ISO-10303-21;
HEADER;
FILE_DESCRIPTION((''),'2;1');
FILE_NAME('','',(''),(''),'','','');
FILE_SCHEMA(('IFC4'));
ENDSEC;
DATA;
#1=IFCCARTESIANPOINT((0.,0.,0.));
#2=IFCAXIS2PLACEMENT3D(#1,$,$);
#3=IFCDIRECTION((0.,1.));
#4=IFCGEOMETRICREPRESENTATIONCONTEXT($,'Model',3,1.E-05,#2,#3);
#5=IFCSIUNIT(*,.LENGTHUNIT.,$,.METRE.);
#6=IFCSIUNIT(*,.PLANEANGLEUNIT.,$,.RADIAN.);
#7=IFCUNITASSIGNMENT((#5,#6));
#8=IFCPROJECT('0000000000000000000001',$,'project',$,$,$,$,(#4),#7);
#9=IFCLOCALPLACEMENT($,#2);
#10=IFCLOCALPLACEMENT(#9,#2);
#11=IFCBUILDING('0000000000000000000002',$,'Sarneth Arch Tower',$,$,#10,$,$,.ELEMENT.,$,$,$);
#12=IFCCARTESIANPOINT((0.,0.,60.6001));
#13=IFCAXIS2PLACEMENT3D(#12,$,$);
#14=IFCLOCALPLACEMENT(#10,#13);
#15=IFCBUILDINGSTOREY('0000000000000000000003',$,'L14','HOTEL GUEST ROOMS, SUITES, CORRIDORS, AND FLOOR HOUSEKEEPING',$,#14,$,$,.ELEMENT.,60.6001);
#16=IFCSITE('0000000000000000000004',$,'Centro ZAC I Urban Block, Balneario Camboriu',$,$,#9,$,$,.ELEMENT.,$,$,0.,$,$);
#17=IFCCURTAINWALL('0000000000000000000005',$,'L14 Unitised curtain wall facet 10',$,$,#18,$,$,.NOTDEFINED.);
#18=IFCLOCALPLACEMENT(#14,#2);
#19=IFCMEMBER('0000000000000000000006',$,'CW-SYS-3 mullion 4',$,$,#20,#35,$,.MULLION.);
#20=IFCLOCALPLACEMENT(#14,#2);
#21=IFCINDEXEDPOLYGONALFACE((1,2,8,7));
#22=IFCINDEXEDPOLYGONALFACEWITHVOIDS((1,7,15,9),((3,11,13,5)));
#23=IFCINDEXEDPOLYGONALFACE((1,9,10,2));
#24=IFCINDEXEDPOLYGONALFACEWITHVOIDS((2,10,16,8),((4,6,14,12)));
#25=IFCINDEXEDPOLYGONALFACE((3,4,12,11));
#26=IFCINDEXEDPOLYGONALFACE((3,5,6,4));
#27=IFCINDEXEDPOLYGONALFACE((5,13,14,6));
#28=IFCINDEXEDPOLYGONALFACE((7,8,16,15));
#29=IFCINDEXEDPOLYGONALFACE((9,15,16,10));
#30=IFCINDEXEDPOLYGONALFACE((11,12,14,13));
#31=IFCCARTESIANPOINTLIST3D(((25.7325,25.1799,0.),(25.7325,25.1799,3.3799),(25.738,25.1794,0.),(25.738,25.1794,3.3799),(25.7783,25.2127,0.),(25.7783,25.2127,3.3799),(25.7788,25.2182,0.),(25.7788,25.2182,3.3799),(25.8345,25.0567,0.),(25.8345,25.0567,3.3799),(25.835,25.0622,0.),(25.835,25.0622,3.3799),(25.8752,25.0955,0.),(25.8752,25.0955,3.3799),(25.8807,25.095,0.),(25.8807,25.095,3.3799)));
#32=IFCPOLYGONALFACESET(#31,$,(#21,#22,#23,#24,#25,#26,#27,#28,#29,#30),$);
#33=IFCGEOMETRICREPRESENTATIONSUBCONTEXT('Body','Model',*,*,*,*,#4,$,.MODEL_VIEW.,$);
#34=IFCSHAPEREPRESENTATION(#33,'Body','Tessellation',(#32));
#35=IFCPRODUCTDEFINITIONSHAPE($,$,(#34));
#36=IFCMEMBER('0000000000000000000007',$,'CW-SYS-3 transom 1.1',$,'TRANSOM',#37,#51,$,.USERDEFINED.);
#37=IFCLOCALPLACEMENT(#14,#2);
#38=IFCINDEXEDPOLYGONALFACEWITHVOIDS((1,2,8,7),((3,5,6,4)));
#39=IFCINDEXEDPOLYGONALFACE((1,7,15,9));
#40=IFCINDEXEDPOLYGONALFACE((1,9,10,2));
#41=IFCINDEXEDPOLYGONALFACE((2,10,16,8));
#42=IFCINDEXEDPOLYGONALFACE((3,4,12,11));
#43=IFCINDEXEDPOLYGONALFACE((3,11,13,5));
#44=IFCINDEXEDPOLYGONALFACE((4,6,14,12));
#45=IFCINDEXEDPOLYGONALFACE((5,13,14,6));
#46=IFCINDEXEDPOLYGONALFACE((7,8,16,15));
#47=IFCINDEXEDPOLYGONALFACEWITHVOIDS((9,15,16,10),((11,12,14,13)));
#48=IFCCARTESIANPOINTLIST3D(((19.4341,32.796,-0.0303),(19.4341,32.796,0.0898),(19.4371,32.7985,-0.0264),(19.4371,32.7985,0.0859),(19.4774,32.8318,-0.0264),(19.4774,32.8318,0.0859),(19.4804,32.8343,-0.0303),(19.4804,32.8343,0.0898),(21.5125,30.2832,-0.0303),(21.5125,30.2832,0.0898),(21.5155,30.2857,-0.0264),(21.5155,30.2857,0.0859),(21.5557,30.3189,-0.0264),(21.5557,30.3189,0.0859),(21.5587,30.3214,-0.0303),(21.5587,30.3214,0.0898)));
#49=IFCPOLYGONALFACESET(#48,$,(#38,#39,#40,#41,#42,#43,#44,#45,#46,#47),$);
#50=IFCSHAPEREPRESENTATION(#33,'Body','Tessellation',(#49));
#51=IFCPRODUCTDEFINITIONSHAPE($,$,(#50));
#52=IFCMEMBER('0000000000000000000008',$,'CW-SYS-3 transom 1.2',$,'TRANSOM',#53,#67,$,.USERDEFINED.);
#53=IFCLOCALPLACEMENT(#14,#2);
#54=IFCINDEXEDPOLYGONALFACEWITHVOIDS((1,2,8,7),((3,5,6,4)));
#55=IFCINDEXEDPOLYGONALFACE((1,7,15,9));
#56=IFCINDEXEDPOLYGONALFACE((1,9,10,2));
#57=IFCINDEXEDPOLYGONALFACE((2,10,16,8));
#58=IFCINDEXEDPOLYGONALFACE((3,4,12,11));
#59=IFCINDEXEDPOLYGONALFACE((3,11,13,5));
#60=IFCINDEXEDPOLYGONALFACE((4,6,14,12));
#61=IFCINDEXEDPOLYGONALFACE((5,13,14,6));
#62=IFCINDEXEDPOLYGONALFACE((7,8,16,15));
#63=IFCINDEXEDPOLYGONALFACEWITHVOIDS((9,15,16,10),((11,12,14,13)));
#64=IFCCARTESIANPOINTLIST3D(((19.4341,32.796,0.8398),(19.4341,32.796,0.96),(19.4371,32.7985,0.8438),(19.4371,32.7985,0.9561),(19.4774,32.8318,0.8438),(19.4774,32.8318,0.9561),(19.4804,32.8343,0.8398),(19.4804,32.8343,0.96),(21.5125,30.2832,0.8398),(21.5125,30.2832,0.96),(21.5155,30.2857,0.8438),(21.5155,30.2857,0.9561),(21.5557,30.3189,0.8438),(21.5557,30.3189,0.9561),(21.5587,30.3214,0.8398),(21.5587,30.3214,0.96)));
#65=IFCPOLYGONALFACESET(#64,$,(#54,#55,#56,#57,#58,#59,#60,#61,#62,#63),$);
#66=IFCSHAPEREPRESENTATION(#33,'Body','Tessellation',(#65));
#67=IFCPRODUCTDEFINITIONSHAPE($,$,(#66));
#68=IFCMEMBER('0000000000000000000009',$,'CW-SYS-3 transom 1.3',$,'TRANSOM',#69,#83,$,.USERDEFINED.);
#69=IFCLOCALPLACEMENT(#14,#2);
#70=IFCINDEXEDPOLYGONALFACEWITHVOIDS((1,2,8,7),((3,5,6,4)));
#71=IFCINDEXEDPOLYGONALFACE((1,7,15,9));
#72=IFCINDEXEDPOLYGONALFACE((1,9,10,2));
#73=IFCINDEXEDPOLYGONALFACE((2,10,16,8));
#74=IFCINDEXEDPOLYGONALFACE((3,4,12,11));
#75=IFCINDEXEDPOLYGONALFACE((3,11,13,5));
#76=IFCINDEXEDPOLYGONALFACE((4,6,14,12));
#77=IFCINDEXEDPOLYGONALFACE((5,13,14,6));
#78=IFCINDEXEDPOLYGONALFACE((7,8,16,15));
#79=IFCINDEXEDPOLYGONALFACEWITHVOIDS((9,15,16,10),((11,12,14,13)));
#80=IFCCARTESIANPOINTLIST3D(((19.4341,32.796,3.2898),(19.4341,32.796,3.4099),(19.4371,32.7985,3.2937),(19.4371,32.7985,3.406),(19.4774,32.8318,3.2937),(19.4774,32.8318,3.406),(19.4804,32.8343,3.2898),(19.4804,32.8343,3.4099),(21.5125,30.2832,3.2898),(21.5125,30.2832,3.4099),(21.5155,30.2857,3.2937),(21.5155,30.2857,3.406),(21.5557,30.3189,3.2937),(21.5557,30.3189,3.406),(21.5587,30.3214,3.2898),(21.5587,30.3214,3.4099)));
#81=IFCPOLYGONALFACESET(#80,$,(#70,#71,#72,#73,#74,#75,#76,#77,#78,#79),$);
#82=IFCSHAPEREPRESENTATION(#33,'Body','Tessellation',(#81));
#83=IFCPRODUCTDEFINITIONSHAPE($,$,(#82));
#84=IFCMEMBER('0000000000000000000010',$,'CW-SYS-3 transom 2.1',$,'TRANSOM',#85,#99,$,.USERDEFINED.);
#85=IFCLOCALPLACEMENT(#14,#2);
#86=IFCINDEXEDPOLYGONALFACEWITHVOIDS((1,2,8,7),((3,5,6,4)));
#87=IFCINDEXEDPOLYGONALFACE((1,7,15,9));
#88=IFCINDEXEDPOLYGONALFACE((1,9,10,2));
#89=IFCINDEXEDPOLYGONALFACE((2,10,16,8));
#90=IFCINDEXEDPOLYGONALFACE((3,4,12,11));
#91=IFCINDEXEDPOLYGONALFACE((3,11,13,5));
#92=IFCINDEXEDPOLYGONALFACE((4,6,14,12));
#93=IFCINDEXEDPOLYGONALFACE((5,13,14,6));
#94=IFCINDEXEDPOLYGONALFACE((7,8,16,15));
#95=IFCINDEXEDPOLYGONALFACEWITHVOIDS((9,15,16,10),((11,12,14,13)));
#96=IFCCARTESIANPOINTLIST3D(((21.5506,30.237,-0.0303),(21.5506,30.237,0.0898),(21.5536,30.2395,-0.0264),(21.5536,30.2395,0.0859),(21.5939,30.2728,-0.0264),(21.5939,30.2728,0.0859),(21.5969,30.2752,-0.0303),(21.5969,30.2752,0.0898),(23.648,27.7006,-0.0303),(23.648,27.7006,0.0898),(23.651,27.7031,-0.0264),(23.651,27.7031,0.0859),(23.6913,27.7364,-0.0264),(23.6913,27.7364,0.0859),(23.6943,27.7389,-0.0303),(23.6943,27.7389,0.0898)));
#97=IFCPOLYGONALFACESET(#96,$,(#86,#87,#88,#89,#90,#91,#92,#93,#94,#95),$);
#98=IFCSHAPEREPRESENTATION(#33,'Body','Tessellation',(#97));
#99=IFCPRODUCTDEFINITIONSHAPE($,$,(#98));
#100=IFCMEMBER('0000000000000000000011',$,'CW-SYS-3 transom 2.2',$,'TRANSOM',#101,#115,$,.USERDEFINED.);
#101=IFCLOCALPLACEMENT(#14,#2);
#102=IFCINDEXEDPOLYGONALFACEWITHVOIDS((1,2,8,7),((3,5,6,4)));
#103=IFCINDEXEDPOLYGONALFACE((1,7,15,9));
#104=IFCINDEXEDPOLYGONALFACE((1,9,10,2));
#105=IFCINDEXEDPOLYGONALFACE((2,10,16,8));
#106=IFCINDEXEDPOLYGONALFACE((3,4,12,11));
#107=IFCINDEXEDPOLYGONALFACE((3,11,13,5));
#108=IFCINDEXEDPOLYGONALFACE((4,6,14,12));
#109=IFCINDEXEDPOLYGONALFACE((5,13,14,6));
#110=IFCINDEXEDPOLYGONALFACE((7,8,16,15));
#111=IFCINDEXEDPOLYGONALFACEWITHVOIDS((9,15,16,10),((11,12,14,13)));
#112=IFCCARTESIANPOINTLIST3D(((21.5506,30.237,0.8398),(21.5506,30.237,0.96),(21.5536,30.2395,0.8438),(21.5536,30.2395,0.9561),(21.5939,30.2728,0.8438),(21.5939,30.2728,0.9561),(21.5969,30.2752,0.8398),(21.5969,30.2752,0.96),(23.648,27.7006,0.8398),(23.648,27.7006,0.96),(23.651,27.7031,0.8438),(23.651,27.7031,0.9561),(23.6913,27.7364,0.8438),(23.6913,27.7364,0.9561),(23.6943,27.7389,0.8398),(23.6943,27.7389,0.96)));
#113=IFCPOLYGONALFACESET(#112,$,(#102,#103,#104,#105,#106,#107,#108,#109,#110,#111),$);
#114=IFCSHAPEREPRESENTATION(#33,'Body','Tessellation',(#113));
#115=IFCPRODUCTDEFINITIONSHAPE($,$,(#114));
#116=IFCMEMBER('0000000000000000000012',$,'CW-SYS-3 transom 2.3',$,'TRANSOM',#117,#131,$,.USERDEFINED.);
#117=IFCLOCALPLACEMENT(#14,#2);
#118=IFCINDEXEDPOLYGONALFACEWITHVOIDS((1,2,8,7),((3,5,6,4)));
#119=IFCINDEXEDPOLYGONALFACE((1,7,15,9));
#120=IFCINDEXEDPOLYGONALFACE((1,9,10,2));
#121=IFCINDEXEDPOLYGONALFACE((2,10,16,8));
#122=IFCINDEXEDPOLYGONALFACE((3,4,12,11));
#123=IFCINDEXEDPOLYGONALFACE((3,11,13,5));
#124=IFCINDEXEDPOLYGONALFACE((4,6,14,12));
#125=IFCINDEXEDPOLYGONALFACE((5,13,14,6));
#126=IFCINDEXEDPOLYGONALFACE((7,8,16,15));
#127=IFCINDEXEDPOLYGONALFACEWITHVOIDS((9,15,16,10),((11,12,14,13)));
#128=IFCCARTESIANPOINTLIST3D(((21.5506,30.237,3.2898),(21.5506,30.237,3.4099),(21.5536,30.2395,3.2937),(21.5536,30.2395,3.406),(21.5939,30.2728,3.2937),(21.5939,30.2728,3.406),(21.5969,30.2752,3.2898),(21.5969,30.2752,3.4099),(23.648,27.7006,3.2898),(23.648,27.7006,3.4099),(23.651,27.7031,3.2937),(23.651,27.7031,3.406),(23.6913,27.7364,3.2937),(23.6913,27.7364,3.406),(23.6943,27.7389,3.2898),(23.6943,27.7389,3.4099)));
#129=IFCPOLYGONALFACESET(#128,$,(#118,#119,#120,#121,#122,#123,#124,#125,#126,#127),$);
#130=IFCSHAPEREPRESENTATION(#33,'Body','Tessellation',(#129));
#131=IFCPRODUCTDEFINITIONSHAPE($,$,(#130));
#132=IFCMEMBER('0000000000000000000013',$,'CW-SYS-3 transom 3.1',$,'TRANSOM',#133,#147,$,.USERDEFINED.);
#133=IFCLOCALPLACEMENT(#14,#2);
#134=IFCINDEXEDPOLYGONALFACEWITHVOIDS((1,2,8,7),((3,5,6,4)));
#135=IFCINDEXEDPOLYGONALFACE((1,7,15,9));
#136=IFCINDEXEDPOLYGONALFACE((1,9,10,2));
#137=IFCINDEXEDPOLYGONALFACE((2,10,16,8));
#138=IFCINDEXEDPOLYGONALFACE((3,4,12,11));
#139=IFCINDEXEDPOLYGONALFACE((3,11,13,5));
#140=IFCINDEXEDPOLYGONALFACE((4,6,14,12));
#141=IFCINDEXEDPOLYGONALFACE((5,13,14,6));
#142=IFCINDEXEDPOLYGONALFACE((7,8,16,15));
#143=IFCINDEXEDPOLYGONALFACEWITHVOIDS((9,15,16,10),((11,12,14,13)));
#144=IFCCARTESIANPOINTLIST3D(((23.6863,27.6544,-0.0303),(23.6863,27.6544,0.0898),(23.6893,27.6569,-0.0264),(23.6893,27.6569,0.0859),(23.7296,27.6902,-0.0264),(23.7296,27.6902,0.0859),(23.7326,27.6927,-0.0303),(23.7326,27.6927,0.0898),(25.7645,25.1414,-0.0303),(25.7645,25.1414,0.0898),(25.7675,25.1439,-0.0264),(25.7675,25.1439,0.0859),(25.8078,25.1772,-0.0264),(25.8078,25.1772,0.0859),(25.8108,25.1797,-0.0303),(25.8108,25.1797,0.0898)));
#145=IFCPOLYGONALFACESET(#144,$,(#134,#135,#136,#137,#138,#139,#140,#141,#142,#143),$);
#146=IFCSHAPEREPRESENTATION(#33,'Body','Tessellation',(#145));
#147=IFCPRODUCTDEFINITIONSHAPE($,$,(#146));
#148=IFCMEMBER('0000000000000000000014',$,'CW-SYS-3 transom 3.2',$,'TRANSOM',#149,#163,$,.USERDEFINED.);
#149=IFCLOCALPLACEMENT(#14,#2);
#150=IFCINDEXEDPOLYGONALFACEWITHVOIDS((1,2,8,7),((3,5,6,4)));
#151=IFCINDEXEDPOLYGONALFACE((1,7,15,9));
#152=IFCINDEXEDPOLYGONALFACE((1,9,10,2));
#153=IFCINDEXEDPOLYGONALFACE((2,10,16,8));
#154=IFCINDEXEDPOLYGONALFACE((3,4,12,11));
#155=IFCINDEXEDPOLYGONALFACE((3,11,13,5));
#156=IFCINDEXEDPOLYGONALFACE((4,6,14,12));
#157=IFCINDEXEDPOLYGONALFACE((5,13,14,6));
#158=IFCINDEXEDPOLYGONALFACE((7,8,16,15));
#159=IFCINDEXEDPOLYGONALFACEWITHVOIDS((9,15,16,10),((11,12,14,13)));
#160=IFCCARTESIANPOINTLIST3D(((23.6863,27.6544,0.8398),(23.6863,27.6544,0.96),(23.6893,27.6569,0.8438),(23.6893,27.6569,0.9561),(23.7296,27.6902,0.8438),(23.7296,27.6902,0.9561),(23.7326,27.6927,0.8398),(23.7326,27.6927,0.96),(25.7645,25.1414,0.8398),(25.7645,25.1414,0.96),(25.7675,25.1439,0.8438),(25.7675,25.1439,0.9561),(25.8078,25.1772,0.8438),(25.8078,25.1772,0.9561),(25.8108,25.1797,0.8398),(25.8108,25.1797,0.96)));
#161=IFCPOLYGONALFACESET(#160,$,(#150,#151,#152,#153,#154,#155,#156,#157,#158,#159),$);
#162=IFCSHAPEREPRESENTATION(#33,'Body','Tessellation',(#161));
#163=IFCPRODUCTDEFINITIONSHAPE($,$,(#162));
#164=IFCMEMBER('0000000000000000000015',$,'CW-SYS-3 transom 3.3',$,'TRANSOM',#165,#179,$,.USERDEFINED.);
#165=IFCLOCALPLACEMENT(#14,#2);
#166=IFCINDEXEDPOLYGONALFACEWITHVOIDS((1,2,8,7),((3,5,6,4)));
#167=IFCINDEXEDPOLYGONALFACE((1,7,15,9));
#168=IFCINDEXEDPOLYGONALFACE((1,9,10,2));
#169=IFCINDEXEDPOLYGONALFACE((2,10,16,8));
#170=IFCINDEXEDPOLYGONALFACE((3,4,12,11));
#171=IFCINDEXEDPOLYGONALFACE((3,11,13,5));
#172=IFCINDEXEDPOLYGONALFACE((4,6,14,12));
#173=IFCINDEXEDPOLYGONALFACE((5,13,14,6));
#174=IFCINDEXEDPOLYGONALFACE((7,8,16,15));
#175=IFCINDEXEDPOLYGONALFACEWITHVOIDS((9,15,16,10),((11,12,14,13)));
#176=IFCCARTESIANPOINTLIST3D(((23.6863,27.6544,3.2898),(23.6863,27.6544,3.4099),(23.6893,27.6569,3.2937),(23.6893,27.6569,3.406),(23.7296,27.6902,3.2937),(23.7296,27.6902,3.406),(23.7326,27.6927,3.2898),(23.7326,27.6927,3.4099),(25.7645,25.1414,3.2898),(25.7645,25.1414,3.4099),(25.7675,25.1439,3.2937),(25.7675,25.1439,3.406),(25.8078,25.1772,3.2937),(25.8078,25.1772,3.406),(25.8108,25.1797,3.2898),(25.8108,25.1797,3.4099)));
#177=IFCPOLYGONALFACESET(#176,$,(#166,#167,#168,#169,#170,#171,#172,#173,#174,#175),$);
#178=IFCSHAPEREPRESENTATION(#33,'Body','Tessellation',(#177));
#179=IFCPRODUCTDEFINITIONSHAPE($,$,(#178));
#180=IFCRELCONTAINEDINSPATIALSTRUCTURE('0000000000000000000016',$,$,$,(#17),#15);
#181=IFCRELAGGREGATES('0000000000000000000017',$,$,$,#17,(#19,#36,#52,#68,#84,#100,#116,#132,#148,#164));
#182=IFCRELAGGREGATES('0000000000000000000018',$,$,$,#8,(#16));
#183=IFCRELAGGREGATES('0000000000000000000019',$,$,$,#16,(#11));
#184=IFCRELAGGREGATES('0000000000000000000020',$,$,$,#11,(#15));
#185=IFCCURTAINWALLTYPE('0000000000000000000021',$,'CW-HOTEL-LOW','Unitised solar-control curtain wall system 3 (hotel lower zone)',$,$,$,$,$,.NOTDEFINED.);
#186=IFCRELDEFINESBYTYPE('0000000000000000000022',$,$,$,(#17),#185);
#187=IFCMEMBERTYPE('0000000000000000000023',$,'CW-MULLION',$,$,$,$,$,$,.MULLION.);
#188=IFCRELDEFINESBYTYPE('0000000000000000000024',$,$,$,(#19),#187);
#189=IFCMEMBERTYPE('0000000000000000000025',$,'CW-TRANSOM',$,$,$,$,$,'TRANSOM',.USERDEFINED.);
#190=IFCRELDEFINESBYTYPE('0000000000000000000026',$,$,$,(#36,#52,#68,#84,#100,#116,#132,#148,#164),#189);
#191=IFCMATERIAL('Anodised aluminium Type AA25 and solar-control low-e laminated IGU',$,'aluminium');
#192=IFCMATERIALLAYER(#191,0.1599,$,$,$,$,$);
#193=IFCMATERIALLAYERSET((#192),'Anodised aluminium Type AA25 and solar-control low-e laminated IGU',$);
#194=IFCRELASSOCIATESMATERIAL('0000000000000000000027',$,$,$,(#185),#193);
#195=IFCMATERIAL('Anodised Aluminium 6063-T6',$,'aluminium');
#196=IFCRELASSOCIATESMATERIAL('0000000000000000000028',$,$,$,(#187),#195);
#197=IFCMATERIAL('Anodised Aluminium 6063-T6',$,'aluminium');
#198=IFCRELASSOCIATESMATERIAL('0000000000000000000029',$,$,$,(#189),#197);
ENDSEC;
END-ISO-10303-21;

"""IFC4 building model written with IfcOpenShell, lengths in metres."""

from ifc_helpers import new_model, si_unit, direction, frame, origin, origin_2d, place, context, subcontext, project, spatial, hollow_rectangle, extrude, material, layer, layer_set, material_profile, profile_set, type_object, element, aggregate, save


model = new_model("IFC4")

# Units and contexts
model_context = context("Model", 3, precision=1e-05, world=origin(), true_north=direction((0.0, 1.0)))
body_context = subcontext(model_context, "Body", "Model", "MODEL_VIEW")
ifc_project = project(units=[si_unit("LENGTHUNIT", "METRE"), si_unit("PLANEANGLEUNIT", "RADIAN")], contexts=[model_context])

# Site, building, storey
site_placement = place(None, origin())
site = spatial("IfcSite", under=ifc_project, at=site_placement, Name="Centro ZAC I Urban Block, Balneario Camboriu", CompositionType="ELEMENT", RefElevation=0.0)
building_placement = place(site_placement, origin())
building = spatial("IfcBuilding", under=site, at=building_placement, Name="Sarneth Arch Tower", CompositionType="ELEMENT")
storey_placement = place(building_placement, frame((0.0, 0.0, 60.6001)))
storey = spatial("IfcBuildingStorey", under=building, at=storey_placement, Name="L14", Description="HOTEL GUEST ROOMS, SUITES, CORRIDORS, AND FLOOR HOUSEKEEPING", CompositionType="ELEMENT", Elevation=60.6001)

# Curtain wall, members
ifc_material_1 = material(Name="Anodised aluminium Type AA25 and solar-control low-e laminated IGU", Category="aluminium")
ifc_layer_1 = layer(ifc_material_1, 0.1599)
ifc_layer_set_1 = layer_set([ifc_layer_1], Name="Anodised aluminium Type AA25 and solar-control low-e laminated IGU")
curtain_wall_type = type_object("IfcCurtainWallType", Name="CW-HOTEL-LOW", Description="Unitised solar-control curtain wall system 3 (hotel lower zone)", PredefinedType="NOTDEFINED", material=ifc_layer_set_1)
curtain_wall_placement = place(storey_placement, origin())
curtain_wall = element("IfcCurtainWall", 1, at=curtain_wall_placement, inside=storey, type_object=curtain_wall_type, Name="L14 Unitised curtain wall facet 10", PredefinedType="NOTDEFINED")
ifc_material_2 = material(Name="Anodised Aluminium 6063-T6", Category="aluminium")
ifc_material_profile_1 = material_profile(ifc_material_2, hollow_rectangle(XDim=0.0601, YDim=0.1599, WallThickness=0.0039, at=origin_2d()), Name="AL-MULL-160x60x4")
ifc_profile_set_1 = profile_set([ifc_material_profile_1], Name="Anodised Aluminium 6063-T6")
member_type_1 = type_object("IfcMemberType", Name="CW-MULLION", PredefinedType="MULLION", material=ifc_profile_set_1)
member_1_placement = place(storey_placement, frame((25.8066, 25.1375, 0.0), z_axis=(0.0, 0.0, 1.0), x_axis=(0.770623, 0.637291, 0.0)))
member_1 = element("IfcMember", 2, at=member_1_placement, type_object=member_type_1, Name="CW-SYS-3 mullion 4", PredefinedType="MULLION", context=body_context, shape_type="SweptSolid", body=[
    extrude(hollow_rectangle(XDim=0.0601, YDim=0.1599, WallThickness=0.0039, at=origin_2d()), origin(), (0.0, 0.0, 1.0), 3.3799),
])
ifc_material_3 = material(Name="Anodised Aluminium 6063-T6", Category="aluminium")
ifc_material_profile_2 = material_profile(ifc_material_3, hollow_rectangle(XDim=0.0601, YDim=0.1201, WallThickness=0.0039, at=origin_2d()), Name="AL-TRAN-120x60x4")
ifc_profile_set_2 = profile_set([ifc_material_profile_2], Name="Anodised Aluminium 6063-T6")
member_type_2 = type_object("IfcMemberType", Name="CW-TRANSOM", ElementType="TRANSOM", PredefinedType="USERDEFINED", material=ifc_profile_set_2)
member_2_placement = place(storey_placement, frame((19.4573, 32.8152, 0.0298), z_axis=(0.63733, -0.770591, 0.0), x_axis=(0.770591, 0.63733, 0.0)))
member_2 = element("IfcMember", 3, at=member_2_placement, type_object=member_type_2, Name="CW-SYS-3 transom 1.1", ObjectType="TRANSOM", PredefinedType="USERDEFINED", context=body_context, shape_type="SweptSolid", body=[
    extrude(hollow_rectangle(XDim=0.0601, YDim=0.1201, WallThickness=0.0039, at=origin_2d()), origin(), (0.0, 0.0, 1.0), 3.261),
])
member_3_placement = place(storey_placement, frame((19.4573, 32.8152, 0.8999), z_axis=(0.63733, -0.770591, 0.0), x_axis=(0.770591, 0.63733, 0.0)))
member_3 = element("IfcMember", 4, at=member_3_placement, type_object=member_type_2, Name="CW-SYS-3 transom 1.2", ObjectType="TRANSOM", PredefinedType="USERDEFINED", context=body_context, shape_type="SweptSolid", body=[
    extrude(hollow_rectangle(XDim=0.0601, YDim=0.1201, WallThickness=0.0039, at=origin_2d()), origin(), (0.0, 0.0, 1.0), 3.261),
])
member_4_placement = place(storey_placement, frame((19.4573, 32.8152, 3.3499), z_axis=(0.63733, -0.770591, 0.0), x_axis=(0.770591, 0.63733, 0.0)))
member_4 = element("IfcMember", 5, at=member_4_placement, type_object=member_type_2, Name="CW-SYS-3 transom 1.3", ObjectType="TRANSOM", PredefinedType="USERDEFINED", context=body_context, shape_type="SweptSolid", body=[
    extrude(hollow_rectangle(XDim=0.0601, YDim=0.1201, WallThickness=0.0039, at=origin_2d()), origin(), (0.0, 0.0, 1.0), 3.261),
])
member_5_placement = place(storey_placement, frame((21.5737, 30.2561, 0.0298), z_axis=(0.637269, -0.770642, 0.0), x_axis=(0.770642, 0.637269, 0.0)))
member_5 = element("IfcMember", 6, at=member_5_placement, type_object=member_type_2, Name="CW-SYS-3 transom 2.1", ObjectType="TRANSOM", PredefinedType="USERDEFINED", context=body_context, shape_type="SweptSolid", body=[
    extrude(hollow_rectangle(XDim=0.0601, YDim=0.1201, WallThickness=0.0039, at=origin_2d()), origin(), (0.0, 0.0, 1.0), 3.2913),
])
member_6_placement = place(storey_placement, frame((21.5737, 30.2561, 0.8999), z_axis=(0.637269, -0.770642, 0.0), x_axis=(0.770642, 0.637269, 0.0)))
member_6 = element("IfcMember", 7, at=member_6_placement, type_object=member_type_2, Name="CW-SYS-3 transom 2.2", ObjectType="TRANSOM", PredefinedType="USERDEFINED", context=body_context, shape_type="SweptSolid", body=[
    extrude(hollow_rectangle(XDim=0.0601, YDim=0.1201, WallThickness=0.0039, at=origin_2d()), origin(), (0.0, 0.0, 1.0), 3.2913),
])
member_7_placement = place(storey_placement, frame((21.5737, 30.2561, 3.3499), z_axis=(0.637269, -0.770642, 0.0), x_axis=(0.770642, 0.637269, 0.0)))
member_7 = element("IfcMember", 8, at=member_7_placement, type_object=member_type_2, Name="CW-SYS-3 transom 2.3", ObjectType="TRANSOM", PredefinedType="USERDEFINED", context=body_context, shape_type="SweptSolid", body=[
    extrude(hollow_rectangle(XDim=0.0601, YDim=0.1201, WallThickness=0.0039, at=origin_2d()), origin(), (0.0, 0.0, 1.0), 3.2913),
])
member_8_placement = place(storey_placement, frame((23.7095, 27.6736, 0.0298), z_axis=(0.637286, -0.770628, 0.0), x_axis=(0.770628, 0.637286, 0.0)))
member_8 = element("IfcMember", 9, at=member_8_placement, type_object=member_type_2, Name="CW-SYS-3 transom 3.1", ObjectType="TRANSOM", PredefinedType="USERDEFINED", context=body_context, shape_type="SweptSolid", body=[
    extrude(hollow_rectangle(XDim=0.0601, YDim=0.1201, WallThickness=0.0039, at=origin_2d()), origin(), (0.0, 0.0, 1.0), 3.261),
])
member_9_placement = place(storey_placement, frame((23.7095, 27.6736, 0.8999), z_axis=(0.637286, -0.770628, 0.0), x_axis=(0.770628, 0.637286, 0.0)))
member_9 = element("IfcMember", 10, at=member_9_placement, type_object=member_type_2, Name="CW-SYS-3 transom 3.2", ObjectType="TRANSOM", PredefinedType="USERDEFINED", context=body_context, shape_type="SweptSolid", body=[
    extrude(hollow_rectangle(XDim=0.0601, YDim=0.1201, WallThickness=0.0039, at=origin_2d()), origin(), (0.0, 0.0, 1.0), 3.261),
])
member_10_placement = place(storey_placement, frame((23.7095, 27.6736, 3.3499), z_axis=(0.637286, -0.770628, 0.0), x_axis=(0.770628, 0.637286, 0.0)))
member_10 = element("IfcMember", 11, at=member_10_placement, type_object=member_type_2, Name="CW-SYS-3 transom 3.3", ObjectType="TRANSOM", PredefinedType="USERDEFINED", context=body_context, shape_type="SweptSolid", body=[
    extrude(hollow_rectangle(XDim=0.0601, YDim=0.1201, WallThickness=0.0039, at=origin_2d()), origin(), (0.0, 0.0, 1.0), 3.261),
])

aggregate(curtain_wall, [member_1, member_2, member_3, member_4, member_5, member_6, member_7, member_8, member_9, member_10])

save(model, "model.ifc")
